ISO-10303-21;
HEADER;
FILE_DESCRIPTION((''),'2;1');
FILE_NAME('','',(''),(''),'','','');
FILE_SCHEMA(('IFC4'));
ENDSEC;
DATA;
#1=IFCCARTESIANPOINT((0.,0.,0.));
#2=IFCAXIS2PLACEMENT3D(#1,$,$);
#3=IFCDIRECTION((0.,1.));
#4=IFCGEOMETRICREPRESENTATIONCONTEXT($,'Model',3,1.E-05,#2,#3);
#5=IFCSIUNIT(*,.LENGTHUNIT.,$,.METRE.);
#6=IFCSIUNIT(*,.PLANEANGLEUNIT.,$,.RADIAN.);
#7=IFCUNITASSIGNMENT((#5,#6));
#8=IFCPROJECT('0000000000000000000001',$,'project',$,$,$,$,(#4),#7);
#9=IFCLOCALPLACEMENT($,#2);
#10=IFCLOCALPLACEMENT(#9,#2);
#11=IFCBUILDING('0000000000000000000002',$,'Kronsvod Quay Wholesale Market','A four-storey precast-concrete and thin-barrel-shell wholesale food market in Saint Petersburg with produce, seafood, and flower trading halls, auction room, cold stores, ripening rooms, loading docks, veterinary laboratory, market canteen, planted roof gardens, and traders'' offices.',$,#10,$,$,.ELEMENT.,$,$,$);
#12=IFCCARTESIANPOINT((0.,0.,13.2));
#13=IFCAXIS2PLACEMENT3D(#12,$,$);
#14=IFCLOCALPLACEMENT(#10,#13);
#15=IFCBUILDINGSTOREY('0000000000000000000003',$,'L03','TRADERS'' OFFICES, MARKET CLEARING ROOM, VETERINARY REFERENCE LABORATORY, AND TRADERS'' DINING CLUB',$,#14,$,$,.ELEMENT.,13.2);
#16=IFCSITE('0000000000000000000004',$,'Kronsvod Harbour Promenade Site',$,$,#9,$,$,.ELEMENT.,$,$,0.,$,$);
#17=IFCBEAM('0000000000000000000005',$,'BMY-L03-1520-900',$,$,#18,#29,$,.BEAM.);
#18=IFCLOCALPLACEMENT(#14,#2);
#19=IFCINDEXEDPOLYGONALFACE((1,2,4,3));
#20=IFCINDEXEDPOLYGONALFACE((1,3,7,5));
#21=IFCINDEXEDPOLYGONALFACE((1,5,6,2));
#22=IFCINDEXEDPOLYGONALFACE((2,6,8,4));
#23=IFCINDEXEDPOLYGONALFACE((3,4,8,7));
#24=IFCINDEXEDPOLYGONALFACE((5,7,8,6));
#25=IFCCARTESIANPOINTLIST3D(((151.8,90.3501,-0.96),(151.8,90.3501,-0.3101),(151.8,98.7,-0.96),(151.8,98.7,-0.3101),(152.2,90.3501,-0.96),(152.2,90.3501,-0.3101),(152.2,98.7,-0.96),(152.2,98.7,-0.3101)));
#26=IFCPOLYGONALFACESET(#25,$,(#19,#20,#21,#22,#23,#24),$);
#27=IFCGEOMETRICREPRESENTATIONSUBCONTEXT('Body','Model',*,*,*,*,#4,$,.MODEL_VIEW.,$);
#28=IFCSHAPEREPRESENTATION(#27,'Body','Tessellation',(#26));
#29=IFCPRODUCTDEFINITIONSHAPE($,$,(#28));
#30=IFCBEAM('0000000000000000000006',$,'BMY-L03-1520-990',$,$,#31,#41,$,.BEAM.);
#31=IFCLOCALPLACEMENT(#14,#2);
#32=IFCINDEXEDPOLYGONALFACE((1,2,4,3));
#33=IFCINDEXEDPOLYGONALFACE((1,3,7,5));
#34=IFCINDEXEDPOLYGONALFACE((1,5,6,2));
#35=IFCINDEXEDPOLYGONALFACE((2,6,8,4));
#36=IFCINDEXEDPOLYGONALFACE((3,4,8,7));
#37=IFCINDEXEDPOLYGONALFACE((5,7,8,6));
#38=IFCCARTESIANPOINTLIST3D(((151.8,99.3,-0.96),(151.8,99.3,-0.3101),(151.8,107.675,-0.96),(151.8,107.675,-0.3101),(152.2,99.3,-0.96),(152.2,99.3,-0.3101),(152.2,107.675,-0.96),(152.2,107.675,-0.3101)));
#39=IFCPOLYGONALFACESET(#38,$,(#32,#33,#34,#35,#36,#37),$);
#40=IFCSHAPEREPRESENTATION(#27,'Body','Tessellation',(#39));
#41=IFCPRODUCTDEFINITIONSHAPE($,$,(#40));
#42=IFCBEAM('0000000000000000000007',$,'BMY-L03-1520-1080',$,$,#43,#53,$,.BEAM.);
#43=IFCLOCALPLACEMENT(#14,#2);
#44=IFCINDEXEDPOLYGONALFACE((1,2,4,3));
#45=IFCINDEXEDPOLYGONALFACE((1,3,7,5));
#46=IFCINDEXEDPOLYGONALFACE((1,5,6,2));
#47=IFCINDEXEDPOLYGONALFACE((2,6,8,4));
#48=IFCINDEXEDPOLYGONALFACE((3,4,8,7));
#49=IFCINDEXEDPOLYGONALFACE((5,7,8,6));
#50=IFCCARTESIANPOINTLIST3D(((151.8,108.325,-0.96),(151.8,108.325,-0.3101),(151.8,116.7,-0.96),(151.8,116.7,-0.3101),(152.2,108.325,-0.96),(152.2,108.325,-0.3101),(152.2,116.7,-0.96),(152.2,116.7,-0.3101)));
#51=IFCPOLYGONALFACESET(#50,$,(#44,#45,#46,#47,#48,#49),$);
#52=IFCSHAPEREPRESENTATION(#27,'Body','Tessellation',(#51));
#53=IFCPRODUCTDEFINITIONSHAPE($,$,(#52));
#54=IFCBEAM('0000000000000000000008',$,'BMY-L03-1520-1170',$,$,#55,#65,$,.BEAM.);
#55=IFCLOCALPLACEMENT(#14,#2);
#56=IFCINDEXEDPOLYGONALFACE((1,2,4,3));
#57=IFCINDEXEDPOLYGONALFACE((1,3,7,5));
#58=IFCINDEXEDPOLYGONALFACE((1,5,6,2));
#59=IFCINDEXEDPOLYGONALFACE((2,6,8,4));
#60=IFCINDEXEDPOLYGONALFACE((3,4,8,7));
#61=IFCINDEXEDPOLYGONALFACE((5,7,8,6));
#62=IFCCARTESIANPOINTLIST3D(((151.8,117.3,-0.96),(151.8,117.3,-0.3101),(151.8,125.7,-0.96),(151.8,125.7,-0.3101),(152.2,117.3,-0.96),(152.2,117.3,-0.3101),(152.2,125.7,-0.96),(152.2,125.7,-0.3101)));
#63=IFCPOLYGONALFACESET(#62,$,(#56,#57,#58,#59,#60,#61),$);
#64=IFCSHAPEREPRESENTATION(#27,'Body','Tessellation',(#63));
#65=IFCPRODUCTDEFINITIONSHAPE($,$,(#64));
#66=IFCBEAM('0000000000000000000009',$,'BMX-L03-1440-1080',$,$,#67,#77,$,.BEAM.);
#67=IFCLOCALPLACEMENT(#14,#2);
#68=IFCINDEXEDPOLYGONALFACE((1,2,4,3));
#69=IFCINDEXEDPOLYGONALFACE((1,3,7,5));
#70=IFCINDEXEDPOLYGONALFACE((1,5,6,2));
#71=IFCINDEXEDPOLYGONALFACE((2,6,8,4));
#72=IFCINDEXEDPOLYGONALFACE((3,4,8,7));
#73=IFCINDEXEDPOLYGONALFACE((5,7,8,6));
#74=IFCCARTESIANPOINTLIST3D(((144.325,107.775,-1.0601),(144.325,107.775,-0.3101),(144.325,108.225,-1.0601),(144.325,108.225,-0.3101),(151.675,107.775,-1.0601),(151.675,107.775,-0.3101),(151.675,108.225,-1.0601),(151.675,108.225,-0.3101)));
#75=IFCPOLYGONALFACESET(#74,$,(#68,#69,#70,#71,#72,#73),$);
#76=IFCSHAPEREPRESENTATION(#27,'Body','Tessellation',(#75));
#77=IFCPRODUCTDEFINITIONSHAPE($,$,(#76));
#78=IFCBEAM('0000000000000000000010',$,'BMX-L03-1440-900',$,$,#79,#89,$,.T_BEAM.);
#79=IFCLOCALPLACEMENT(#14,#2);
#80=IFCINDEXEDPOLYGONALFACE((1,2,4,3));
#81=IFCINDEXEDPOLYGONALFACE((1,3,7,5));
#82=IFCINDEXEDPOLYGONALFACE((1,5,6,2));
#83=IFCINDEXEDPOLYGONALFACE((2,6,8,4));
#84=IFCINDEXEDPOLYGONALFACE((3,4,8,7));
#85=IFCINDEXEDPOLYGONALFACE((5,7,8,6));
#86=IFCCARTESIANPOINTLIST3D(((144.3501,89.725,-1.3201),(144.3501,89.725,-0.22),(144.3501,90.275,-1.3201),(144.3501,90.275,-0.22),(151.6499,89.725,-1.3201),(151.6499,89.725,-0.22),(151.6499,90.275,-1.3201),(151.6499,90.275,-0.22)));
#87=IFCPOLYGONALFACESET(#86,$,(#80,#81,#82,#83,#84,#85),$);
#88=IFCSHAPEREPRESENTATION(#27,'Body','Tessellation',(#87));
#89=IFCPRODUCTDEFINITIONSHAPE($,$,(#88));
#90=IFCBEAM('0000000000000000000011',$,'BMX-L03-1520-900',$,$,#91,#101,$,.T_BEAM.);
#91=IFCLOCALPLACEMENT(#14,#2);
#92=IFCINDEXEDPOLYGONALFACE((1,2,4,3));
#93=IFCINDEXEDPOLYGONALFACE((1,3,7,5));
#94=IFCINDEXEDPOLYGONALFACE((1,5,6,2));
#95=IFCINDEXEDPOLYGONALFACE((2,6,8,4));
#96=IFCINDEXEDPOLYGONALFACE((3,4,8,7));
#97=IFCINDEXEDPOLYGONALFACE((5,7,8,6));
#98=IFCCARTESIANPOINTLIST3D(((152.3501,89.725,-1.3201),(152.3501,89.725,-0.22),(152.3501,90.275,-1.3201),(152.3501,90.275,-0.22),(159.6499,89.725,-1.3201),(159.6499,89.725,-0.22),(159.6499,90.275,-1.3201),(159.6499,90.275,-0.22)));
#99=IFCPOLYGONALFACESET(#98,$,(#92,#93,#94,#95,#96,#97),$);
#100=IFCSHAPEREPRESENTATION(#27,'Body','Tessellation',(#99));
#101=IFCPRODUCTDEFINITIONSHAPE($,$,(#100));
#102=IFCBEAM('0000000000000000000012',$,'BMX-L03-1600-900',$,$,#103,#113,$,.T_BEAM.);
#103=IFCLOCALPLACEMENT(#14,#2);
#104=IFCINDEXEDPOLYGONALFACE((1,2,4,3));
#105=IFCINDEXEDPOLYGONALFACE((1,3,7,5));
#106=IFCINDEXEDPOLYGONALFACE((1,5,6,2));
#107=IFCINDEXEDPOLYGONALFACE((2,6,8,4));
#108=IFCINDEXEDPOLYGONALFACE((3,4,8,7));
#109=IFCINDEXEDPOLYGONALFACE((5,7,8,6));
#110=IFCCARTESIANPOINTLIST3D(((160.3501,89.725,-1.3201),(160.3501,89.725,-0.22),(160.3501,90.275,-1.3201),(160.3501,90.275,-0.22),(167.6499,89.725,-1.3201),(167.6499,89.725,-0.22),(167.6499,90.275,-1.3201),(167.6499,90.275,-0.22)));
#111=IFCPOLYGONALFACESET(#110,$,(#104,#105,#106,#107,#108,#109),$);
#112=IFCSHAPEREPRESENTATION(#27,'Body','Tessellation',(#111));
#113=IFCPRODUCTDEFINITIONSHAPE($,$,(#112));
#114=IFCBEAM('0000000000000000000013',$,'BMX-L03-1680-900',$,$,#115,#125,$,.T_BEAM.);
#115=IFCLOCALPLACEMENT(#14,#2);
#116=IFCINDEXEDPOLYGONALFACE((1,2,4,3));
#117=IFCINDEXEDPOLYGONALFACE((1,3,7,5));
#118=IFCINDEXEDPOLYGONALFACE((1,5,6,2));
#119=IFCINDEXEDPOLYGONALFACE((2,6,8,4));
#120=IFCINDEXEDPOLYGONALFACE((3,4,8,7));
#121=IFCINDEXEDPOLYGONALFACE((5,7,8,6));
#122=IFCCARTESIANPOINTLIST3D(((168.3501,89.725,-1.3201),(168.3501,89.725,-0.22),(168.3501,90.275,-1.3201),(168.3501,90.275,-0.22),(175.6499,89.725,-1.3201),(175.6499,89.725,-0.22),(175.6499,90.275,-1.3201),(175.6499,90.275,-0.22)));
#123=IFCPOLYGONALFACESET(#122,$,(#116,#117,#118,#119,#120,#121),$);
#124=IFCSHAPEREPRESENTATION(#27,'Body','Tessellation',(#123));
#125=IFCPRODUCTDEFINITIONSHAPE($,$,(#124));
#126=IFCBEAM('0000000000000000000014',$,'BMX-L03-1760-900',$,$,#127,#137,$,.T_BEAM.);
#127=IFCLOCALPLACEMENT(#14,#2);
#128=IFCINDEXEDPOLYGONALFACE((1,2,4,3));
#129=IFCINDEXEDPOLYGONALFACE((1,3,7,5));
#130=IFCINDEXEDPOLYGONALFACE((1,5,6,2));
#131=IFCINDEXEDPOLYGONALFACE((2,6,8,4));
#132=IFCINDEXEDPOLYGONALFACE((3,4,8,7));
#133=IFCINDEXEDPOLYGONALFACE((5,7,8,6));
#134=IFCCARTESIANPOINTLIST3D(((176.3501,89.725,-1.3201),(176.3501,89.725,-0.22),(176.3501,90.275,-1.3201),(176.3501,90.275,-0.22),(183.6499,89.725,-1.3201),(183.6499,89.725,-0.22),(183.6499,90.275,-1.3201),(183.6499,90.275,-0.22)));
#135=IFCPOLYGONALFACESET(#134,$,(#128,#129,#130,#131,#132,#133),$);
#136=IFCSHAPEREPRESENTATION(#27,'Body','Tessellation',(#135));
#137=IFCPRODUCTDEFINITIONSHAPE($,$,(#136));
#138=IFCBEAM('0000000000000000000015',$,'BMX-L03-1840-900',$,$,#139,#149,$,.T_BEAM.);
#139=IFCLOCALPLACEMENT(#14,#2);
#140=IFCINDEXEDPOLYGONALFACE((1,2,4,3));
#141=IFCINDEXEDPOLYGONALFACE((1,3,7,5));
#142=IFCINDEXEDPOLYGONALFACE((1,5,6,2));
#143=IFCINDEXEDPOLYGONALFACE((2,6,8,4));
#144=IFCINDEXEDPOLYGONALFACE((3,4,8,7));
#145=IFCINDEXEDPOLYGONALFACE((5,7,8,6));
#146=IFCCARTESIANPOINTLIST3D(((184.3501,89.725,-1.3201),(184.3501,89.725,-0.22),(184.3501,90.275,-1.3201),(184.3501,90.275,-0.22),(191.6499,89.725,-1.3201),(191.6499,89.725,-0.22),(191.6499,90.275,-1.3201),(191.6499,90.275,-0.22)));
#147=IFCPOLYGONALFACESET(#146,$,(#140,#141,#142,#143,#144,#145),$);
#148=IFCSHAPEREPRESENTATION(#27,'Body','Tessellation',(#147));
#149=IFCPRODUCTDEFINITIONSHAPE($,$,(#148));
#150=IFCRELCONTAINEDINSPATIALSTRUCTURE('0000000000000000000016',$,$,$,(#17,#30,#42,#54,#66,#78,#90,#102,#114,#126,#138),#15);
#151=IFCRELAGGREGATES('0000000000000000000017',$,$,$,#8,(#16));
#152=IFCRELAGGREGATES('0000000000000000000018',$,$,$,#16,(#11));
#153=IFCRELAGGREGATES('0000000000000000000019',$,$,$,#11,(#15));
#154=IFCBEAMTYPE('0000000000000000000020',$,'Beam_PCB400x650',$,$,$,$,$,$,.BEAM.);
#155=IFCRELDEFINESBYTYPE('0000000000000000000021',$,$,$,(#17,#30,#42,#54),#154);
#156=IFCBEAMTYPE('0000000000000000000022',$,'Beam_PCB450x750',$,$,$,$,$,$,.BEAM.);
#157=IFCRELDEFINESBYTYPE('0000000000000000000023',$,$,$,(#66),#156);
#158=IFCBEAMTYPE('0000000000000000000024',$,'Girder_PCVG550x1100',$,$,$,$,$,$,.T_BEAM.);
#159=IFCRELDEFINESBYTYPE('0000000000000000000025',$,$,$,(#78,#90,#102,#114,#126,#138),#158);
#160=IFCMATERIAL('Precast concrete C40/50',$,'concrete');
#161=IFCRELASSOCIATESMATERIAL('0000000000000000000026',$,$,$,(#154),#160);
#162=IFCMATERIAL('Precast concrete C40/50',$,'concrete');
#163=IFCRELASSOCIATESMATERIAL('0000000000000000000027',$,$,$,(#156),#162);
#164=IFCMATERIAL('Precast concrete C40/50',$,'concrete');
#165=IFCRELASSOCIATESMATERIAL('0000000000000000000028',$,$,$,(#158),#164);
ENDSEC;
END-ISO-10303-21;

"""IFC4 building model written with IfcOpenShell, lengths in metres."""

from ifc_helpers import new_model, si_unit, direction, frame, origin, origin_2d, place, context, subcontext, project, spatial, rectangle, extrude, material, material_profile, profile_set, type_object, element, save


model = new_model("IFC4")

# Units and contexts
model_context = context("Model", 3, precision=1e-05, world=origin(), true_north=direction((0.0, 1.0)))
body_context = subcontext(model_context, "Body", "Model", "MODEL_VIEW")
ifc_project = project(units=[si_unit("LENGTHUNIT", "METRE"), si_unit("PLANEANGLEUNIT", "RADIAN")], contexts=[model_context])

# Site, building, storey
site_placement = place(None, origin())
site = spatial("IfcSite", under=ifc_project, at=site_placement, Name="Kronsvod Harbour Promenade Site", CompositionType="ELEMENT", RefElevation=0.0)
building_placement = place(site_placement, origin())
building = spatial("IfcBuilding", under=site, at=building_placement, Name="Kronsvod Quay Wholesale Market", Description="A four-storey precast-concrete and thin-barrel-shell wholesale food market in Saint Petersburg with produce, seafood, and flower trading halls, auction room, cold stores, ripening rooms, loading docks, veterinary laboratory, market canteen, planted roof gardens, and traders' offices.", CompositionType="ELEMENT")
storey_placement = place(building_placement, frame((0.0, 0.0, 13.2)))
storey = spatial("IfcBuildingStorey", under=building, at=storey_placement, Name="L03", Description="TRADERS' OFFICES, MARKET CLEARING ROOM, VETERINARY REFERENCE LABORATORY, AND TRADERS' DINING CLUB", CompositionType="ELEMENT", Elevation=13.2)

# Beams
ifc_material_1 = material(Name="Precast concrete C40/50", Category="concrete")
ifc_material_profile_1 = material_profile(ifc_material_1, rectangle(XDim=0.3999, YDim=0.6499, at=origin_2d()), Name="PCB400x650")
ifc_profile_set_1 = profile_set([ifc_material_profile_1], Name="Precast concrete C40/50")
beam_type_1 = type_object("IfcBeamType", Name="Beam_PCB400x650", PredefinedType="BEAM", material=ifc_profile_set_1)
beam_1_placement = place(storey_placement, frame((152.0, 90.3501, -0.635), z_axis=(0.0, 1.0, 0.0), x_axis=(-1.0, 0.0, 0.0)))
element("IfcBeam", 1, at=beam_1_placement, inside=storey, type_object=beam_type_1, Name="BMY-L03-1520-900", PredefinedType="BEAM", context=body_context, shape_type="SweptSolid", body=[
    extrude(rectangle(XDim=0.3999, YDim=0.6499, at=origin_2d()), origin(), (0.0, 0.0, 1.0), 8.3499),
])
for number, where, z_axis, x_axis, name in (
    (2, (152.0, 99.3, -0.635), (0.0, 1.0, 0.0), (-1.0, 0.0, 0.0), "BMY-L03-1520-990"),
    (3, (152.0, 108.325, -0.635), (0.0, 1.0, 0.0), (-1.0, 0.0, 0.0), "BMY-L03-1520-1080"),
):
    element("IfcBeam", number, at=place(storey_placement, frame(where, z_axis=z_axis, x_axis=x_axis)), inside=storey, type_object=beam_type_1, Name=name, PredefinedType="BEAM", context=body_context, shape_type="SweptSolid", body=[
        extrude(rectangle(XDim=0.3999, YDim=0.6499, at=origin_2d()), origin(), (0.0, 0.0, 1.0), 8.375),
    ])
beam_2_placement = place(storey_placement, frame((152.0, 117.3, -0.635), z_axis=(0.0, 1.0, 0.0), x_axis=(-1.0, 0.0, 0.0)))
element("IfcBeam", 4, at=beam_2_placement, inside=storey, type_object=beam_type_1, Name="BMY-L03-1520-1170", PredefinedType="BEAM", context=body_context, shape_type="SweptSolid", body=[
    extrude(rectangle(XDim=0.3999, YDim=0.6499, at=origin_2d()), origin(), (0.0, 0.0, 1.0), 8.3999),
])
ifc_material_2 = material(Name="Precast concrete C40/50", Category="concrete")
ifc_material_profile_2 = material_profile(ifc_material_2, rectangle(XDim=0.45, YDim=0.75, at=origin_2d()), Name="PCB450x750")
ifc_profile_set_2 = profile_set([ifc_material_profile_2], Name="Precast concrete C40/50")
beam_type_2 = type_object("IfcBeamType", Name="Beam_PCB450x750", PredefinedType="BEAM", material=ifc_profile_set_2)
beam_3_placement = place(storey_placement, frame((144.325, 108.0, -0.6851), z_axis=(1.0, 0.0, 0.0), x_axis=(0.0, 1.0, 0.0)))
element("IfcBeam", 5, at=beam_3_placement, inside=storey, type_object=beam_type_2, Name="BMX-L03-1440-1080", PredefinedType="BEAM", context=body_context, shape_type="SweptSolid", body=[
    extrude(rectangle(XDim=0.45, YDim=0.75, at=origin_2d()), origin(), (0.0, 0.0, 1.0), 7.3501),
])
ifc_material_3 = material(Name="Precast concrete C40/50", Category="concrete")
ifc_material_profile_3 = material_profile(ifc_material_3, rectangle(XDim=0.55, YDim=1.1001, at=origin_2d()), Name="PCVG550x1100")
ifc_profile_set_3 = profile_set([ifc_material_profile_3], Name="Precast concrete C40/50")
beam_type_3 = type_object("IfcBeamType", Name="Girder_PCVG550x1100", PredefinedType="T_BEAM", material=ifc_profile_set_3)
for number, where, z_axis, x_axis, name in (
    (6, (144.3501, 90.0, -0.77), (1.0, 0.0, 0.0), (0.0, 1.0, 0.0), "BMX-L03-1440-900"),
    (7, (152.3501, 90.0, -0.77), (1.0, 0.0, 0.0), (0.0, 1.0, 0.0), "BMX-L03-1520-900"),
    (8, (160.3501, 90.0, -0.77), (1.0, 0.0, 0.0), (0.0, 1.0, 0.0), "BMX-L03-1600-900"),
    (9, (168.3501, 90.0, -0.77), (1.0, 0.0, 0.0), (0.0, 1.0, 0.0), "BMX-L03-1680-900"),
    (10, (176.3501, 90.0, -0.77), (1.0, 0.0, 0.0), (0.0, 1.0, 0.0), "BMX-L03-1760-900"),
    (11, (184.3501, 90.0, -0.77), (1.0, 0.0, 0.0), (0.0, 1.0, 0.0), "BMX-L03-1840-900"),
):
    element("IfcBeam", number, at=place(storey_placement, frame(where, z_axis=z_axis, x_axis=x_axis)), inside=storey, type_object=beam_type_3, Name=name, PredefinedType="T_BEAM", context=body_context, shape_type="SweptSolid", body=[
        extrude(rectangle(XDim=0.55, YDim=1.1001, at=origin_2d()), origin(), (0.0, 0.0, 1.0), 7.2998),
    ])

save(model, "model.ifc")
